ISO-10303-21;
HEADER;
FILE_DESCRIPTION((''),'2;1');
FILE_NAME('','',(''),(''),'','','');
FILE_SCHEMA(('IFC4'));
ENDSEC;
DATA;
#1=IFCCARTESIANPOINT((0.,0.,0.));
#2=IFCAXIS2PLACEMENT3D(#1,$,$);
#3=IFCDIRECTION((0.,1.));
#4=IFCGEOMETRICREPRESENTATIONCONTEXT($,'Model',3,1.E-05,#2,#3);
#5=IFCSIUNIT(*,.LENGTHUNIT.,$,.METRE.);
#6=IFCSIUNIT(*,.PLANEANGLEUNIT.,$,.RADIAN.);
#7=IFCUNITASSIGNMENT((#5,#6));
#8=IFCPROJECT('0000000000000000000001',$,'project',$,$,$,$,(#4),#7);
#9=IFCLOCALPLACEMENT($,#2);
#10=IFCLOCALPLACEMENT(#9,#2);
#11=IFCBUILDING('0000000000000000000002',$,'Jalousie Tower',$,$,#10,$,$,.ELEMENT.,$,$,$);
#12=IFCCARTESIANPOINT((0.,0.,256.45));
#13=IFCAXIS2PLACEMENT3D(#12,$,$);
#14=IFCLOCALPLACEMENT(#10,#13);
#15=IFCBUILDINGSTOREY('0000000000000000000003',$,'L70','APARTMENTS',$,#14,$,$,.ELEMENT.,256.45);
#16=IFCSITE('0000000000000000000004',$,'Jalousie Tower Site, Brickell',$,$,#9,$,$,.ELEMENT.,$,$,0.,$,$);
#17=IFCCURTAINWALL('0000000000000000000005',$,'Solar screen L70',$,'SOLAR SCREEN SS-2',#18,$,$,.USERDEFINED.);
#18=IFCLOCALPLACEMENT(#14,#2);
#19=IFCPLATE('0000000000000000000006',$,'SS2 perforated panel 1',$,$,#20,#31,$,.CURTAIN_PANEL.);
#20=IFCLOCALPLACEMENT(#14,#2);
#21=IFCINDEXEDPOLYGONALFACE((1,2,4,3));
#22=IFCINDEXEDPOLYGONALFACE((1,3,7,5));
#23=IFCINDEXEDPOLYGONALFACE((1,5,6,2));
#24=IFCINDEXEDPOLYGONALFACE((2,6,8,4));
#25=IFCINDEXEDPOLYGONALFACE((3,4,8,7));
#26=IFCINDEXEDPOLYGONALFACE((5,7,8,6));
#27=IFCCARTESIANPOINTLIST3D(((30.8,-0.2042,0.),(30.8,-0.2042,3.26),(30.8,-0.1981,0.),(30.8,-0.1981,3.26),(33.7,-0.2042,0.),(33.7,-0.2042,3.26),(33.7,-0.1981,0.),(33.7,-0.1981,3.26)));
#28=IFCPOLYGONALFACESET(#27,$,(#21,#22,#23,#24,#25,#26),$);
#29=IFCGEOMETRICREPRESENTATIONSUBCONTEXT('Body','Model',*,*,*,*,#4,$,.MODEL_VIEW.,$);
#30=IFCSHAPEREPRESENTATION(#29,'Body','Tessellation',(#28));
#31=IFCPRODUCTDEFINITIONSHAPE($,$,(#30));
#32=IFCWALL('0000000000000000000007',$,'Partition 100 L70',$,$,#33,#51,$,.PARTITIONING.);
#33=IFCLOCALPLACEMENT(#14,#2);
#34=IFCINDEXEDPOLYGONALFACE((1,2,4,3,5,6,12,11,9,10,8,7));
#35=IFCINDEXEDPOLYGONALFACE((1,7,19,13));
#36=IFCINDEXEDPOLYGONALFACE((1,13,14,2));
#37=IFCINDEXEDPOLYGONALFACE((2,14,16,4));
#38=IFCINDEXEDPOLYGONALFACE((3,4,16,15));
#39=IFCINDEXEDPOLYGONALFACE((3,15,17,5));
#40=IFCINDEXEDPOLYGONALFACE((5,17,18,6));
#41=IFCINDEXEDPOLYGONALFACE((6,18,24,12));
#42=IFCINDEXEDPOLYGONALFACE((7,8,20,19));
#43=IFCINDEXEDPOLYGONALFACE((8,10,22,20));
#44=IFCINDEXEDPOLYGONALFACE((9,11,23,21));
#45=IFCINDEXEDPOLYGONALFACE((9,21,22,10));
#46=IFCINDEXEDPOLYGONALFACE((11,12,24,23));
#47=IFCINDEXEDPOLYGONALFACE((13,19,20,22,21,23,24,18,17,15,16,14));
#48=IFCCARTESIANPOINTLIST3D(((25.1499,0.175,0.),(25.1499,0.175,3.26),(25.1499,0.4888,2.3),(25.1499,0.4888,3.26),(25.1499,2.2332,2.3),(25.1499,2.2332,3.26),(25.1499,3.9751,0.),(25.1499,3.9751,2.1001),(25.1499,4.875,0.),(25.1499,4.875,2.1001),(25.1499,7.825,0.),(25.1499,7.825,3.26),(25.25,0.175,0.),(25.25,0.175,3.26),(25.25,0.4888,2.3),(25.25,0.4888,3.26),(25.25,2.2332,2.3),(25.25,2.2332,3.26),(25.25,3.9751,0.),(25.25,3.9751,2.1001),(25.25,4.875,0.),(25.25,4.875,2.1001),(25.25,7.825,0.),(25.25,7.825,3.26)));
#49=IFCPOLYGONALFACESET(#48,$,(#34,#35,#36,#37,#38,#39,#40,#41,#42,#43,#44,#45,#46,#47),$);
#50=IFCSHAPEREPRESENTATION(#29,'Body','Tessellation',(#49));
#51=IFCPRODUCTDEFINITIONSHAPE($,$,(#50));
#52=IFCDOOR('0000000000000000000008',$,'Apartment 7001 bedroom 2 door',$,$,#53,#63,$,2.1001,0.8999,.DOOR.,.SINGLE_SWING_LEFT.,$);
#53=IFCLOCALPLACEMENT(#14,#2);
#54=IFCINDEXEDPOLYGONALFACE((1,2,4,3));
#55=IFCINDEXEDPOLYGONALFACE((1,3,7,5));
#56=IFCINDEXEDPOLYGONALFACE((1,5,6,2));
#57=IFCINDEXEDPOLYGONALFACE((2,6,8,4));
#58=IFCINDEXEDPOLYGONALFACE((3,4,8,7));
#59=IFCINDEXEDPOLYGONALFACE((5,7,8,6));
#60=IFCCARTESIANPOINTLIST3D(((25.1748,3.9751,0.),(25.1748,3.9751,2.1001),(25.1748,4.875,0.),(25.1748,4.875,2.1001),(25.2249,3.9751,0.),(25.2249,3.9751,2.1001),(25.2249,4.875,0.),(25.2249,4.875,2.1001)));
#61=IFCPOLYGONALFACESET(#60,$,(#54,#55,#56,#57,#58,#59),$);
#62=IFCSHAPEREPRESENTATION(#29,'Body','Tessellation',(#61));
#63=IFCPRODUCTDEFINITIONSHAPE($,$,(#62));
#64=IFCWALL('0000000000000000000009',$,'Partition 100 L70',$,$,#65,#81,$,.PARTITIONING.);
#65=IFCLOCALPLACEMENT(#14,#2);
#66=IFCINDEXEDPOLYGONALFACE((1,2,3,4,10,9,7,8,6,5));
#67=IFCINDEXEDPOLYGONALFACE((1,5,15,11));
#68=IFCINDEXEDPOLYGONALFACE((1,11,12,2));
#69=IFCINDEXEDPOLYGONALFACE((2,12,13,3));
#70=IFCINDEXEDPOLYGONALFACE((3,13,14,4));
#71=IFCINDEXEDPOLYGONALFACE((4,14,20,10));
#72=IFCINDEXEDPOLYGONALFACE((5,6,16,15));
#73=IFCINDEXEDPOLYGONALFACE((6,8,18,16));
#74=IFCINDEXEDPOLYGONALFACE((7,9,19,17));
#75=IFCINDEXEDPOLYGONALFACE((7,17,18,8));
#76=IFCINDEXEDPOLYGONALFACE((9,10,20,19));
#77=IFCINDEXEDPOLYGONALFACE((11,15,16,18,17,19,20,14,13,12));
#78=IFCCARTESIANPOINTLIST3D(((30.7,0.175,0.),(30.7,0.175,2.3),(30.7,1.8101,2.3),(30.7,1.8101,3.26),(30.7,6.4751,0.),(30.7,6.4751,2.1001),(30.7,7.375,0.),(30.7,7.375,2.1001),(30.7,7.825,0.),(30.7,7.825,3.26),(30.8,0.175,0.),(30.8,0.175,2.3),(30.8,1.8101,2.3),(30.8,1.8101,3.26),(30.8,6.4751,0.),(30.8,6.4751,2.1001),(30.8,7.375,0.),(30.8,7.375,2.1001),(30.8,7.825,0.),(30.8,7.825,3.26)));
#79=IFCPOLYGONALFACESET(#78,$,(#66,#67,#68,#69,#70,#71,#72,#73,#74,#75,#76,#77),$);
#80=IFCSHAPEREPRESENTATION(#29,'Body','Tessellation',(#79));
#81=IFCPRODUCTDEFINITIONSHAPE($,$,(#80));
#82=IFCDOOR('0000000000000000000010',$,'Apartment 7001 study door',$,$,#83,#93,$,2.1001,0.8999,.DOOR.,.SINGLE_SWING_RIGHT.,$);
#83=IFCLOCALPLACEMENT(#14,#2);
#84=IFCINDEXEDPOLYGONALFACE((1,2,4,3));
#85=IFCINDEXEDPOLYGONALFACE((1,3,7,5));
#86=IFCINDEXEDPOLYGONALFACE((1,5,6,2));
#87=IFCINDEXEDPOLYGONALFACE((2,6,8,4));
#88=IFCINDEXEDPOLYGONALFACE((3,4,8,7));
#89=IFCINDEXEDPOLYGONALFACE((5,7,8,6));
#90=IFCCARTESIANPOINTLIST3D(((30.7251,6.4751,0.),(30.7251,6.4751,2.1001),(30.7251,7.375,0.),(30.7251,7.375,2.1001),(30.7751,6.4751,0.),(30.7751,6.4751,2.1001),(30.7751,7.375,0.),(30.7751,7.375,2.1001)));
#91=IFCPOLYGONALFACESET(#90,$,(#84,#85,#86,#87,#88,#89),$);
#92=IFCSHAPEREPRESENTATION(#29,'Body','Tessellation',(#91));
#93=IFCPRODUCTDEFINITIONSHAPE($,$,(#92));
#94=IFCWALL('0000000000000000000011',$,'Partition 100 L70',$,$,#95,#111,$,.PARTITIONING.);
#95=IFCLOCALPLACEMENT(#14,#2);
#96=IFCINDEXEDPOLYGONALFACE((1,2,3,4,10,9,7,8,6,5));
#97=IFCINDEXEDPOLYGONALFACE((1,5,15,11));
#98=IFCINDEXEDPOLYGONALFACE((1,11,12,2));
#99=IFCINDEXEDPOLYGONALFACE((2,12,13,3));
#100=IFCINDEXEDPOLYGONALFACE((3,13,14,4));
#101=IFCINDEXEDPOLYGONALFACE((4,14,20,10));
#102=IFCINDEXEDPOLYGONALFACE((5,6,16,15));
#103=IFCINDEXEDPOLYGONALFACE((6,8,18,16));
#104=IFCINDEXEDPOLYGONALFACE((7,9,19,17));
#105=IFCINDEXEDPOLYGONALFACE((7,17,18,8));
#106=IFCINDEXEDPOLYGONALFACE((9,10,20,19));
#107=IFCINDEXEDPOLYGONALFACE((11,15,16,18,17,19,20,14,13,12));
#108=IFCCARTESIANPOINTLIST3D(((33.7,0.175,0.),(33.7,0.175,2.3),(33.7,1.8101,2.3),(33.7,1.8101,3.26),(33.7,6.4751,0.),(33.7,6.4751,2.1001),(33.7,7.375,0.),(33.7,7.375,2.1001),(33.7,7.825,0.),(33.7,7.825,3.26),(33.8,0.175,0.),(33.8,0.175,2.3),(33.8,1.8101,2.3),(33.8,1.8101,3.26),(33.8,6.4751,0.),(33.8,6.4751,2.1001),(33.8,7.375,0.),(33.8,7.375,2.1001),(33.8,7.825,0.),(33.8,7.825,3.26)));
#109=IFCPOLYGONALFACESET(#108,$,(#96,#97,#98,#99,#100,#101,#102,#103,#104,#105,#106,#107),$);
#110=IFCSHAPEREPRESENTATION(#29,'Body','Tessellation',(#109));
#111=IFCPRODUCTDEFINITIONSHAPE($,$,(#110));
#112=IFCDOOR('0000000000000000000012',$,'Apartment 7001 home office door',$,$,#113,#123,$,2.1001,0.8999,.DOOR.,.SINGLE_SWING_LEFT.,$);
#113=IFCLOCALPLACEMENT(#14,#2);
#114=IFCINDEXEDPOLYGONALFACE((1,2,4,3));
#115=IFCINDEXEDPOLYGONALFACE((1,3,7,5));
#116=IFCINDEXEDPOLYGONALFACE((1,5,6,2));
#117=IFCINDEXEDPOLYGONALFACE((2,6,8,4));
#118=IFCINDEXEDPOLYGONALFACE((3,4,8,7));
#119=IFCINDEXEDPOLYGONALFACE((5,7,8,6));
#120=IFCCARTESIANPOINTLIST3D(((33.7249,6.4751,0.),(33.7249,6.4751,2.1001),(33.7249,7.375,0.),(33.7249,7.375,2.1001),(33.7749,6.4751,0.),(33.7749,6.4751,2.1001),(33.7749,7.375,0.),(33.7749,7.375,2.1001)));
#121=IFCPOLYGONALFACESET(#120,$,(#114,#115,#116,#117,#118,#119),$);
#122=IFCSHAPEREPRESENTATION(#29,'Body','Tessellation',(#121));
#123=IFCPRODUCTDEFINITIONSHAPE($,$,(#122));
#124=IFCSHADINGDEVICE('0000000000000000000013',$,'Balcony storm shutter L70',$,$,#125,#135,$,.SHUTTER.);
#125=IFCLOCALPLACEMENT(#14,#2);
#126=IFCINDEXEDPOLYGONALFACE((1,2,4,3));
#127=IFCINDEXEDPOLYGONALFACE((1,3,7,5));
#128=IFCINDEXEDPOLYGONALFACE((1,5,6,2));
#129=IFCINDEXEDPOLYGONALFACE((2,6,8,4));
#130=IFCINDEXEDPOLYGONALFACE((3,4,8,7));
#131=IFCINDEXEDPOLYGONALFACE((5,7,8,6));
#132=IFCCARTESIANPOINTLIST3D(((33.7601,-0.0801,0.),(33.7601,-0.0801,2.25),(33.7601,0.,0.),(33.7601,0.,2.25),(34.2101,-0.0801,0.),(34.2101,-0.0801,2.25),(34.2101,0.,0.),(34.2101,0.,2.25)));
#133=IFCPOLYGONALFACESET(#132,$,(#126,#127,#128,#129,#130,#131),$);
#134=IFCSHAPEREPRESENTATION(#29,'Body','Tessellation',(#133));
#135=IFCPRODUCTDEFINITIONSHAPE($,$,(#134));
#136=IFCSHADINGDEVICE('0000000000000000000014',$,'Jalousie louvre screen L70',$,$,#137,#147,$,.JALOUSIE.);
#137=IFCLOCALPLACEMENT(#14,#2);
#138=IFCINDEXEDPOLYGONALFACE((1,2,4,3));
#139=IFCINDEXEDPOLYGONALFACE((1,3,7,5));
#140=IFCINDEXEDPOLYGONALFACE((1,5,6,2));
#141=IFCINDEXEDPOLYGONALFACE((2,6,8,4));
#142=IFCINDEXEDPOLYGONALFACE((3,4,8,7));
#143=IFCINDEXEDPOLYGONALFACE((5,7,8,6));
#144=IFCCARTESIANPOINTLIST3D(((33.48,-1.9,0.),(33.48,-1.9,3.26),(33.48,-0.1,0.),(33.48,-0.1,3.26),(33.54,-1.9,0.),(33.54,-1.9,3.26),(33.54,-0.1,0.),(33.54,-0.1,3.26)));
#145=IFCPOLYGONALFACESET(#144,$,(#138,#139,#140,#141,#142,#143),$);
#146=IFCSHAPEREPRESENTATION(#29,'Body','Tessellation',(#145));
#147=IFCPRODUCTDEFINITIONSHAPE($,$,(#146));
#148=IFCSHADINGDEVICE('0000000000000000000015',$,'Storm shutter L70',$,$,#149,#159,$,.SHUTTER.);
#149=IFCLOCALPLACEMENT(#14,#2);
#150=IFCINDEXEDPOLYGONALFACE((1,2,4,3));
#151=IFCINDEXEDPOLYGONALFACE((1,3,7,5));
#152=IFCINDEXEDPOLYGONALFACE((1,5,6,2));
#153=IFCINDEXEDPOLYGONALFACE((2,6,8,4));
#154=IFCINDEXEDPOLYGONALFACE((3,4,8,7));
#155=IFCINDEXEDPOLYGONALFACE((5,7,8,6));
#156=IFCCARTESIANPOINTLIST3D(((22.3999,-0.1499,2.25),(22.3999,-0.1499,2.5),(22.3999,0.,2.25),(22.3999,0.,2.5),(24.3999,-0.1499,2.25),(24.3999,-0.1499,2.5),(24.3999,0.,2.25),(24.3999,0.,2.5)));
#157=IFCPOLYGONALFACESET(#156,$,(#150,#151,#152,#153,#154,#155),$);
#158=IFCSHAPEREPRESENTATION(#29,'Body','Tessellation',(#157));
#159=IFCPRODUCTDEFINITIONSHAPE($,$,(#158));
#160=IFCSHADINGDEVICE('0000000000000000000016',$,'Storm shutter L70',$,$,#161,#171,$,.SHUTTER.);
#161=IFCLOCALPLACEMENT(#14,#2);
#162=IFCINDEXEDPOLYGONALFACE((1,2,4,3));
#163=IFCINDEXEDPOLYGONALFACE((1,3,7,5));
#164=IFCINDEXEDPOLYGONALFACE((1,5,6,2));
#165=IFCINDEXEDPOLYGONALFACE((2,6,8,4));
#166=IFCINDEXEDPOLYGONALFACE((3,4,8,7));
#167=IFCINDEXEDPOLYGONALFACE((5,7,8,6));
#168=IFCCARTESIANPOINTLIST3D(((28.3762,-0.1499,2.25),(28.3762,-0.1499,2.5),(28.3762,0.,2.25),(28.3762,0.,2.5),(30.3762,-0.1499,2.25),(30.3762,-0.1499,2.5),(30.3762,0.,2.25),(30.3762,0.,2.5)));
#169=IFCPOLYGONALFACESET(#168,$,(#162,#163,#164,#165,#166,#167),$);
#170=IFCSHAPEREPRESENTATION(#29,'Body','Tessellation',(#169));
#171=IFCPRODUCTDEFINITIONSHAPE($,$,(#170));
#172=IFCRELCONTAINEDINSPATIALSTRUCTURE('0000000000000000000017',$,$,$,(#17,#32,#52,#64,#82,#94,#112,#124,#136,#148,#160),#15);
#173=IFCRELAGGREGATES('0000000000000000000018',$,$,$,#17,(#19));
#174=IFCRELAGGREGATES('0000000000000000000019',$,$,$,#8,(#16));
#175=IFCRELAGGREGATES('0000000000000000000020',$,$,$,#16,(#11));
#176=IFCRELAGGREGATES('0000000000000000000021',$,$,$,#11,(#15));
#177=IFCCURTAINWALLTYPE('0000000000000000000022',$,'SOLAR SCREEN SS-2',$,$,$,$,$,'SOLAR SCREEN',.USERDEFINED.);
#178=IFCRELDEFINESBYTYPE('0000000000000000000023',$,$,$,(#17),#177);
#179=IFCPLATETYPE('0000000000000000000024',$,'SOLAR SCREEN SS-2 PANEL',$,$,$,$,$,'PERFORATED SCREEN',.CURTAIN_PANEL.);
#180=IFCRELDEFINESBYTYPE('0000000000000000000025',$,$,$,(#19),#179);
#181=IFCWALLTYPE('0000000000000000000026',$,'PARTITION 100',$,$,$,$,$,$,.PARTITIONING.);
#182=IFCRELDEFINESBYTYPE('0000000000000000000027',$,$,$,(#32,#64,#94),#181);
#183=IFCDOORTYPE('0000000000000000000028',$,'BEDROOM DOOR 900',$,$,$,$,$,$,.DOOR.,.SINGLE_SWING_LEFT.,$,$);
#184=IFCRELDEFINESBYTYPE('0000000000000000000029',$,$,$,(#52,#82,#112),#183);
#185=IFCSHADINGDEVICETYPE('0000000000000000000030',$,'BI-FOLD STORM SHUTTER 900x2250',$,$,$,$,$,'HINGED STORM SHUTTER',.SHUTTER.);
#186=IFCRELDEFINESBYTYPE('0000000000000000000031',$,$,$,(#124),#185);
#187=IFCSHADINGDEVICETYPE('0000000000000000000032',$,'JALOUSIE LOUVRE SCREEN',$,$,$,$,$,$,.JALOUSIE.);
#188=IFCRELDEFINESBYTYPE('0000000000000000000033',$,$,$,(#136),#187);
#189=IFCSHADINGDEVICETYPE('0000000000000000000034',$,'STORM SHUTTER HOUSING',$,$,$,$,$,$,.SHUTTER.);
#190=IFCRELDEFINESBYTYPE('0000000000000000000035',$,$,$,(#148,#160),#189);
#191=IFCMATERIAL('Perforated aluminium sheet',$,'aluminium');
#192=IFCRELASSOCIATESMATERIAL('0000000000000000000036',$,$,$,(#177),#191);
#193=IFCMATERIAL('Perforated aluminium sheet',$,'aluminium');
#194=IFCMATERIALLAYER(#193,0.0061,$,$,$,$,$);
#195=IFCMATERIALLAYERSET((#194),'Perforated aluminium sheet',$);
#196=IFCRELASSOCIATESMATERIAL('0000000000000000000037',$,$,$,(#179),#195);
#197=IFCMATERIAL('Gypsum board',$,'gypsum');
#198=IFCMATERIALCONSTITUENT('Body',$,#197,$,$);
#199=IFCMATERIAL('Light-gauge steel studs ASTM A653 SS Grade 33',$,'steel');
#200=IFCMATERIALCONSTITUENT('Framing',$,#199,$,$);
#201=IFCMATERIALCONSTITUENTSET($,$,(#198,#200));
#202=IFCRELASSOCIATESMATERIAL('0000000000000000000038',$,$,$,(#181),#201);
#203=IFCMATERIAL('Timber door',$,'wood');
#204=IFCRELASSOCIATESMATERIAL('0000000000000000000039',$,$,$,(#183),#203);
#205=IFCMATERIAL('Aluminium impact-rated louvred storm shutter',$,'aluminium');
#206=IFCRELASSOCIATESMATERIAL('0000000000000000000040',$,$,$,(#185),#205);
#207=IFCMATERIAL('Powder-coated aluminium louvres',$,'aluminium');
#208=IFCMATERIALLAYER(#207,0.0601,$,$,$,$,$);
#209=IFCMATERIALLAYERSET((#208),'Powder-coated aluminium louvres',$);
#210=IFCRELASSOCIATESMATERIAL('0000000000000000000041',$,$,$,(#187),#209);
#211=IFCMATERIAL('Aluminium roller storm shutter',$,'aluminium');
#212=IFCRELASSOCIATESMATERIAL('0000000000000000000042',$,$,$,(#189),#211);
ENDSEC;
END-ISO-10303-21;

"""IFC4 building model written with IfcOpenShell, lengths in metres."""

from ifc_helpers import new_model, si_unit, direction, frame, frame_2d, origin, origin_2d, place, context, subcontext, project, spatial, polyline, rectangle, outline, extrude, material, layer, layer_set, constituent, constituent_set, type_object, element, fill, aggregate, save


model = new_model("IFC4")

# Units and contexts
model_context = context("Model", 3, precision=1e-05, world=origin(), true_north=direction((0.0, 1.0)))
body_context = subcontext(model_context, "Body", "Model", "MODEL_VIEW")
ifc_project = project(units=[si_unit("LENGTHUNIT", "METRE"), si_unit("PLANEANGLEUNIT", "RADIAN")], contexts=[model_context])

# Site, building, storey
site_placement = place(None, origin())
site = spatial("IfcSite", under=ifc_project, at=site_placement, Name="Jalousie Tower Site, Brickell", CompositionType="ELEMENT", RefElevation=0.0)
building_placement = place(site_placement, origin())
building = spatial("IfcBuilding", under=site, at=building_placement, Name="Jalousie Tower", CompositionType="ELEMENT")
storey_placement = place(building_placement, frame((0.0, 0.0, 256.45)))
storey = spatial("IfcBuildingStorey", under=building, at=storey_placement, Name="L70", Description="APARTMENTS", CompositionType="ELEMENT", Elevation=256.45)

# Shared definitions
ifc_material_1 = material(Name="Perforated aluminium sheet", Category="aluminium")
curtain_wall_type = type_object("IfcCurtainWallType", Name="SOLAR SCREEN SS-2", ElementType="SOLAR SCREEN", PredefinedType="USERDEFINED", material=ifc_material_1)

# Curtain wall
curtain_wall_1_placement = place(storey_placement, origin())
curtain_wall_1 = element("IfcCurtainWall", 1, at=curtain_wall_1_placement, inside=storey, type_object=curtain_wall_type, Name="Solar screen L70", ObjectType="SOLAR SCREEN SS-2", PredefinedType="USERDEFINED")

# Plate
ifc_material_2 = material(Name="Perforated aluminium sheet", Category="aluminium")
ifc_layer_1 = layer(ifc_material_2, 0.0061)
ifc_layer_set_1 = layer_set([ifc_layer_1], Name="Perforated aluminium sheet")
plate_type = type_object("IfcPlateType", Name="SOLAR SCREEN SS-2 PANEL", ElementType="PERFORATED SCREEN", PredefinedType="CURTAIN_PANEL", material=ifc_layer_set_1)
plate_1_placement = place(storey_placement, frame((32.25, -0.2012, 0.0), z_axis=(0.0, 0.0, 1.0), x_axis=(1.0, 0.0, 0.0)))
plate_1 = element("IfcPlate", 2, at=plate_1_placement, type_object=plate_type, Name="SS2 perforated panel 1", PredefinedType="CURTAIN_PANEL", context=body_context, shape_type="SweptSolid", body=[
    extrude(rectangle(XDim=2.8999, YDim=0.0061, at=origin_2d()), origin(), (0.0, 0.0, 1.0), 3.26),
])
aggregate(curtain_wall_1, [plate_1])

# Walls, openings, doors
ifc_material_3 = material(Name="Gypsum board", Category="gypsum")
ifc_constituent_1 = constituent(ifc_material_3, Name="Body")
ifc_material_4 = material(Name="Light-gauge steel studs ASTM A653 SS Grade 33", Category="steel")
ifc_constituent_2 = constituent(ifc_material_4, Name="Framing")
ifc_constituent_set = constituent_set(constituents=[ifc_constituent_1, ifc_constituent_2])
wall_type = type_object("IfcWallType", Name="PARTITION 100", PredefinedType="PARTITIONING", material=ifc_constituent_set)
wall_1_placement = place(storey_placement, frame((25.2, 0.175, 0.0), z_axis=(0.0, 0.0, 1.0), x_axis=(0.0, 1.0, 0.0)))
wall_1 = element("IfcWall", 3, at=wall_1_placement, inside=storey, type_object=wall_type, Name="Partition 100 L70", PredefinedType="PARTITIONING", context=body_context, shape_type="SweptSolid", body=[
    extrude(outline(polyline([(0.0, 0.0), (7.6499, 0.0), (7.6499, 3.26), (2.0581, 3.26), (2.0581, 2.3), (0.3137, 2.3), (0.3137, 3.26), (0.0, 3.26), (0.0, 0.0)])), frame((0.0, 0.05, 0.0), z_axis=(0.0, -1.0, 0.0), x_axis=(1.0, 0.0, 0.0)), (0.0, 0.0, 1.0), 0.1001),
])
opening_1_placement = place(wall_1_placement, frame((3.8, 0.0, 0.0)))
opening_1 = element("IfcOpeningElement", 4, at=opening_1_placement, cuts=wall_1, PredefinedType="OPENING", context=body_context, shape_type="SweptSolid", body=[
    extrude(rectangle(XDim=0.8999, YDim=2.1001, at=frame_2d((0.45, 1.05))), frame((0.0, 0.0601, 0.0), z_axis=(0.0, -1.0, 0.0), x_axis=(1.0, 0.0, 0.0)), (0.0, 0.0, 1.0), 0.1201),
])
ifc_material_5 = material(Name="Timber door", Category="wood")
door_type = type_object("IfcDoorType", Name="BEDROOM DOOR 900", OperationType="SINGLE_SWING_LEFT", PredefinedType="DOOR", material=ifc_material_5)
door_1_placement = place(opening_1_placement, frame((0.8999, 0.0, 0.0), z_axis=(0.0, 0.0, 1.0), x_axis=(-1.0, 0.0, 0.0)))
door_1 = element("IfcDoor", 5, at=door_1_placement, inside=storey, type_object=door_type, Name="Apartment 7001 bedroom 2 door", OperationType="SINGLE_SWING_LEFT", OverallHeight=2.1001, OverallWidth=0.8999, PredefinedType="DOOR", context=body_context, shape_type="SweptSolid", body=[
    extrude(rectangle(XDim=0.8999, YDim=2.1001, at=frame_2d((0.45, 1.05))), frame((0.0, 0.0249, 0.0), z_axis=(0.0, -1.0, 0.0), x_axis=(1.0, 0.0, 0.0)), (0.0, 0.0, 1.0), 0.05),
])
fill(opening_1, door_1)
wall_2_placement = place(storey_placement, frame((30.75, 0.175, 0.0), z_axis=(0.0, 0.0, 1.0), x_axis=(0.0, 1.0, 0.0)))
wall_2 = element("IfcWall", 6, at=wall_2_placement, inside=storey, type_object=wall_type, Name="Partition 100 L70", PredefinedType="PARTITIONING", context=body_context, shape_type="SweptSolid", body=[
    extrude(outline(polyline([(0.0, 0.0), (7.6499, 0.0), (7.6499, 3.26), (1.635, 3.26), (1.635, 2.3), (0.0, 2.3), (0.0, 3.26), (0.0, 0.0)])), frame((0.0, 0.05, 0.0), z_axis=(0.0, -1.0, 0.0), x_axis=(1.0, 0.0, 0.0)), (0.0, 0.0, 1.0), 0.1001),
])
opening_2_placement = place(wall_2_placement, frame((6.3, 0.0, 0.0)))
opening_2 = element("IfcOpeningElement", 7, at=opening_2_placement, cuts=wall_2, PredefinedType="OPENING", context=body_context, shape_type="SweptSolid", body=[
    extrude(rectangle(XDim=0.8999, YDim=2.1001, at=frame_2d((0.45, 1.05))), frame((0.0, 0.0601, 0.0), z_axis=(0.0, -1.0, 0.0), x_axis=(1.0, 0.0, 0.0)), (0.0, 0.0, 1.0), 0.1201),
])
door_2_placement = place(opening_2_placement, origin())
door_2 = element("IfcDoor", 8, at=door_2_placement, inside=storey, type_object=door_type, Name="Apartment 7001 study door", OperationType="SINGLE_SWING_RIGHT", OverallHeight=2.1001, OverallWidth=0.8999, PredefinedType="DOOR", context=body_context, shape_type="SweptSolid", body=[
    extrude(rectangle(XDim=0.8999, YDim=2.1001, at=frame_2d((0.45, 1.05))), frame((0.0, 0.0249, 0.0), z_axis=(0.0, -1.0, 0.0), x_axis=(1.0, 0.0, 0.0)), (0.0, 0.0, 1.0), 0.05),
])
fill(opening_2, door_2)
wall_3_placement = place(storey_placement, frame((33.75, 0.175, 0.0), z_axis=(0.0, 0.0, 1.0), x_axis=(0.0, 1.0, 0.0)))
wall_3 = element("IfcWall", 9, at=wall_3_placement, inside=storey, type_object=wall_type, Name="Partition 100 L70", PredefinedType="PARTITIONING", context=body_context, shape_type="SweptSolid", body=[
    extrude(outline(polyline([(0.0, 0.0), (7.6499, 0.0), (7.6499, 3.26), (1.635, 3.26), (1.635, 2.3), (0.0, 2.3), (0.0, 3.26), (0.0, 0.0)])), frame((0.0, 0.05, 0.0), z_axis=(0.0, -1.0, 0.0), x_axis=(1.0, 0.0, 0.0)), (0.0, 0.0, 1.0), 0.1001),
])
opening_3_placement = place(wall_3_placement, frame((6.3, 0.0, 0.0)))
opening_3 = element("IfcOpeningElement", 10, at=opening_3_placement, cuts=wall_3, PredefinedType="OPENING", context=body_context, shape_type="SweptSolid", body=[
    extrude(rectangle(XDim=0.8999, YDim=2.1001, at=frame_2d((0.45, 1.05))), frame((0.0, 0.0601, 0.0), z_axis=(0.0, -1.0, 0.0), x_axis=(1.0, 0.0, 0.0)), (0.0, 0.0, 1.0), 0.1201),
])
door_3_placement = place(opening_3_placement, frame((0.8999, 0.0, 0.0), z_axis=(0.0, 0.0, 1.0), x_axis=(-1.0, 0.0, 0.0)))
door_3 = element("IfcDoor", 11, at=door_3_placement, inside=storey, type_object=door_type, Name="Apartment 7001 home office door", OperationType="SINGLE_SWING_LEFT", OverallHeight=2.1001, OverallWidth=0.8999, PredefinedType="DOOR", context=body_context, shape_type="SweptSolid", body=[
    extrude(rectangle(XDim=0.8999, YDim=2.1001, at=frame_2d((0.45, 1.05))), frame((0.0, 0.0249, 0.0), z_axis=(0.0, -1.0, 0.0), x_axis=(1.0, 0.0, 0.0)), (0.0, 0.0, 1.0), 0.05),
])
fill(opening_3, door_3)

# Shading device
ifc_material_6 = material(Name="Aluminium impact-rated louvred storm shutter", Category="aluminium")
shading_device_type_1 = type_object("IfcShadingDeviceType", Name="BI-FOLD STORM SHUTTER 900x2250", ElementType="HINGED STORM SHUTTER", PredefinedType="SHUTTER", material=ifc_material_6)
shading_device_1_placement = place(storey_placement, frame((33.9851, -0.04, 0.0), z_axis=(0.0, 0.0, 1.0), x_axis=(1.0, 0.0, 0.0)))
element("IfcShadingDevice", 12, at=shading_device_1_placement, inside=storey, type_object=shading_device_type_1, Name="Balcony storm shutter L70", PredefinedType="SHUTTER", context=body_context, shape_type="SweptSolid", body=[
    extrude(rectangle(XDim=0.45, YDim=0.0801, at=origin_2d()), origin(), (0.0, 0.0, 1.0), 2.25),
])

# Shading devices
ifc_material_7 = material(Name="Powder-coated aluminium louvres", Category="aluminium")
ifc_layer_2 = layer(ifc_material_7, 0.0601)
ifc_layer_set_2 = layer_set([ifc_layer_2], Name="Powder-coated aluminium louvres")
shading_device_type_2 = type_object("IfcShadingDeviceType", Name="JALOUSIE LOUVRE SCREEN", PredefinedType="JALOUSIE", material=ifc_layer_set_2)
shading_device_2_placement = place(storey_placement, frame((33.51, -1.0, 0.0), z_axis=(0.0, 0.0, 1.0), x_axis=(1.0, 0.0, 0.0)))
element("IfcShadingDevice", 13, at=shading_device_2_placement, inside=storey, type_object=shading_device_type_2, Name="Jalousie louvre screen L70", PredefinedType="JALOUSIE", context=body_context, shape_type="SweptSolid", body=[
    extrude(rectangle(XDim=0.0601, YDim=1.8, at=origin_2d()), origin(), (0.0, 0.0, 1.0), 3.26),
])
ifc_material_8 = material(Name="Aluminium roller storm shutter", Category="aluminium")
shading_device_type_3 = type_object("IfcShadingDeviceType", Name="STORM SHUTTER HOUSING", PredefinedType="SHUTTER", material=ifc_material_8)
for number, where, z_axis, x_axis, name in (
    (14, (23.3999, -0.075, 2.25), (0.0, 0.0, 1.0), (1.0, 0.0, 0.0), "Storm shutter L70"),
    (15, (29.3762, -0.075, 2.25), (0.0, 0.0, 1.0), (1.0, 0.0, 0.0), "Storm shutter L70"),
):
    element("IfcShadingDevice", number, at=place(storey_placement, frame(where, z_axis=z_axis, x_axis=x_axis)), inside=storey, type_object=shading_device_type_3, Name=name, PredefinedType="SHUTTER", context=body_context, shape_type="SweptSolid", body=[
        extrude(rectangle(XDim=2.0, YDim=0.1499, at=origin_2d()), origin(), (0.0, 0.0, 1.0), 0.25),
    ])

save(model, "model.ifc")
